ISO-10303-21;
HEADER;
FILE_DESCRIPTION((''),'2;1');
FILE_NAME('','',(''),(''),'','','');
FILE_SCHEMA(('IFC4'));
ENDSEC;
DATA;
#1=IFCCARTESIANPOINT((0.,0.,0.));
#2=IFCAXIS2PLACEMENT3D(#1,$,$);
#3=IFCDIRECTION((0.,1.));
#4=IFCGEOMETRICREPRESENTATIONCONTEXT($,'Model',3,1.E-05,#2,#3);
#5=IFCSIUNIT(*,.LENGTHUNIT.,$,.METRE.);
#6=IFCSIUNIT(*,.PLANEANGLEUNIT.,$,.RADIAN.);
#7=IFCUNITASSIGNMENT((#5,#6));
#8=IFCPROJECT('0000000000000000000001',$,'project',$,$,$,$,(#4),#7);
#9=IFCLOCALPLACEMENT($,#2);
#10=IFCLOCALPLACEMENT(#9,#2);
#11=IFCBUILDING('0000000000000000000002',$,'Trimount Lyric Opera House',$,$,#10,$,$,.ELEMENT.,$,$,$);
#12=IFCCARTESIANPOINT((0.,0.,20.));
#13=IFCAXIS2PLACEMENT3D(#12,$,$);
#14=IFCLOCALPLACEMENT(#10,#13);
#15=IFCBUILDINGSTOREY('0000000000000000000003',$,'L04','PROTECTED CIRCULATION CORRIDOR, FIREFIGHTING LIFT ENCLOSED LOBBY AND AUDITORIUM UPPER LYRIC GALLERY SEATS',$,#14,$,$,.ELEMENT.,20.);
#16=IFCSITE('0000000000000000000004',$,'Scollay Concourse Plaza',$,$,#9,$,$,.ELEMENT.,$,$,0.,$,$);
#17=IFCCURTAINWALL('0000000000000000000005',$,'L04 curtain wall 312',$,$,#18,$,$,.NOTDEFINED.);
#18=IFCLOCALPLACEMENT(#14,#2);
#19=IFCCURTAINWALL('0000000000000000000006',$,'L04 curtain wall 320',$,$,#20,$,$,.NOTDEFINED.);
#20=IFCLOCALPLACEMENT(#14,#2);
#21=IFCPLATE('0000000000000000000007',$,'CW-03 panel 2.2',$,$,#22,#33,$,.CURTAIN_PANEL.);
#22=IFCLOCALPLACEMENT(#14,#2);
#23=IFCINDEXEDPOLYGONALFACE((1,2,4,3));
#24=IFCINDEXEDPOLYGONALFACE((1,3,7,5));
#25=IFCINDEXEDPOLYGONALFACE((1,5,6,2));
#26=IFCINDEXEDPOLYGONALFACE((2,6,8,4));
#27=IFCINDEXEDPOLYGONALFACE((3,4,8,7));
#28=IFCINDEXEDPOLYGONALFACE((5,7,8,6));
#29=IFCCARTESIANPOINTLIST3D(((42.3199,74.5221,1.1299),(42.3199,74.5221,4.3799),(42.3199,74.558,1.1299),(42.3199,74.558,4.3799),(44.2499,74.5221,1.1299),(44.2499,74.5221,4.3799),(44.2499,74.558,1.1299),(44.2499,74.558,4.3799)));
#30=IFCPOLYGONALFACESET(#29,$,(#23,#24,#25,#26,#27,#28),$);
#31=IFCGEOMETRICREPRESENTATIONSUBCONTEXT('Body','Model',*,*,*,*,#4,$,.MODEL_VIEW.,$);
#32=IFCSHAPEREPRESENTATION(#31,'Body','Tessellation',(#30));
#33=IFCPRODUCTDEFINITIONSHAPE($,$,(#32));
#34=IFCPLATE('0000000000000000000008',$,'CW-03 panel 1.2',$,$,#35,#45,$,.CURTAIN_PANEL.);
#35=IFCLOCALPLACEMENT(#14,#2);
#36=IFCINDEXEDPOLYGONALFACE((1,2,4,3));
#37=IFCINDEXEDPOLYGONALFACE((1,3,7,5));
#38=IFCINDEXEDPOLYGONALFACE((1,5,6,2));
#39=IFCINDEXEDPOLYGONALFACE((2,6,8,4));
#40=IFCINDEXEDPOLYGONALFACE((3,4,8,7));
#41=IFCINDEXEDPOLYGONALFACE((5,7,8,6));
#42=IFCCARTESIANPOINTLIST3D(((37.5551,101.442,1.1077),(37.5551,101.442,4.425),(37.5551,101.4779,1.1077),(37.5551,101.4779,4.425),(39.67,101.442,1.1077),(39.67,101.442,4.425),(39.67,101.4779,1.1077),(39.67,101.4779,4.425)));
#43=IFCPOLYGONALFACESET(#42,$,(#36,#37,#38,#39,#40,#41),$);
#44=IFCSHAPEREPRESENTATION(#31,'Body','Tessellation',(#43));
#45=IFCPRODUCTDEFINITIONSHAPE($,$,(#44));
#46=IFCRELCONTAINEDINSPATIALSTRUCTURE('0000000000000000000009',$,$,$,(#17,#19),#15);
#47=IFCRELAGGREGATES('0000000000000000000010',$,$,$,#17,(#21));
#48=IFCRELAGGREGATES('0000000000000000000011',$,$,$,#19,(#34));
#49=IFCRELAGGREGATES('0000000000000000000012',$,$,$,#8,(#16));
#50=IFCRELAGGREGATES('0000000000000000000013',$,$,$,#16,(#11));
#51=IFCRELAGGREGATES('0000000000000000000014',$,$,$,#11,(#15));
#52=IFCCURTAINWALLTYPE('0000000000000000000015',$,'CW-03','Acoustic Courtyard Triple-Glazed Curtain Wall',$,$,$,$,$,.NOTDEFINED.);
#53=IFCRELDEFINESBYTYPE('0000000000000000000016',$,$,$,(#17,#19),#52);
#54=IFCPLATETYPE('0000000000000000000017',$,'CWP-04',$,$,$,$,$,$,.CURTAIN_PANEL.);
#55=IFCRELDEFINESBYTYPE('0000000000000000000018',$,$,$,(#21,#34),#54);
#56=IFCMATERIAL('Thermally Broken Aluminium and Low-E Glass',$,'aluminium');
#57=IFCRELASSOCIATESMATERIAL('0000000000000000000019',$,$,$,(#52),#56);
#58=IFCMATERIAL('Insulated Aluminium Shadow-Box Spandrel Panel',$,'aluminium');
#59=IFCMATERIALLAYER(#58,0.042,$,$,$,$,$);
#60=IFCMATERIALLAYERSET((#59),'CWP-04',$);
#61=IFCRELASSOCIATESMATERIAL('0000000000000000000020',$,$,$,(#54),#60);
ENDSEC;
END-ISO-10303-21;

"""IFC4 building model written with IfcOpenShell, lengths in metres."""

from ifc_helpers import new_model, si_unit, direction, frame, origin, origin_2d, place, context, subcontext, project, spatial, rectangle, extrude, material, layer, layer_set, type_object, element, aggregate, save


model = new_model("IFC4")

# Units and contexts
model_context = context("Model", 3, precision=1e-05, world=origin(), true_north=direction((0.0, 1.0)))
body_context = subcontext(model_context, "Body", "Model", "MODEL_VIEW")
ifc_project = project(units=[si_unit("LENGTHUNIT", "METRE"), si_unit("PLANEANGLEUNIT", "RADIAN")], contexts=[model_context])

# Site, building, storey
site_placement = place(None, origin())
site = spatial("IfcSite", under=ifc_project, at=site_placement, Name="Scollay Concourse Plaza", CompositionType="ELEMENT", RefElevation=0.0)
building_placement = place(site_placement, origin())
building = spatial("IfcBuilding", under=site, at=building_placement, Name="Trimount Lyric Opera House", CompositionType="ELEMENT")
storey_placement = place(building_placement, frame((0.0, 0.0, 20.0)))
storey = spatial("IfcBuildingStorey", under=building, at=storey_placement, Name="L04", Description="PROTECTED CIRCULATION CORRIDOR, FIREFIGHTING LIFT ENCLOSED LOBBY AND AUDITORIUM UPPER LYRIC GALLERY SEATS", CompositionType="ELEMENT", Elevation=20.0)

# Curtain wall
ifc_material_1 = material(Name="Thermally Broken Aluminium and Low-E Glass", Category="aluminium")
curtain_wall_type = type_object("IfcCurtainWallType", Name="CW-03", Description="Acoustic Courtyard Triple-Glazed Curtain Wall", PredefinedType="NOTDEFINED", material=ifc_material_1)
curtain_wall_1_placement = place(storey_placement, origin())
curtain_wall_1 = element("IfcCurtainWall", 1, at=curtain_wall_1_placement, inside=storey, type_object=curtain_wall_type, Name="L04 curtain wall 312", PredefinedType="NOTDEFINED")

# Curtain wall
curtain_wall_2_placement = place(storey_placement, origin())
curtain_wall_2 = element("IfcCurtainWall", 2, at=curtain_wall_2_placement, inside=storey, type_object=curtain_wall_type, Name="L04 curtain wall 320", PredefinedType="NOTDEFINED")

# Plates
ifc_material_2 = material(Name="Insulated Aluminium Shadow-Box Spandrel Panel", Category="aluminium")
ifc_layer_1 = layer(ifc_material_2, 0.042)
ifc_layer_set_1 = layer_set([ifc_layer_1], Name="CWP-04")
plate_type_1 = type_object("IfcPlateType", Name="CWP-04", PredefinedType="CURTAIN_PANEL", material=ifc_layer_set_1)
plate_1_placement = place(storey_placement, frame((43.2849, 74.54, 1.1299), z_axis=(0.0, 0.0, 1.0), x_axis=(1.0, 0.0, 0.0)))
plate_1 = element("IfcPlate", 3, at=plate_1_placement, type_object=plate_type_1, Name="CW-03 panel 2.2", PredefinedType="CURTAIN_PANEL", context=body_context, shape_type="SweptSolid", body=[
    extrude(rectangle(XDim=1.9299, YDim=0.0359, at=origin_2d()), origin(), (0.0, 0.0, 1.0), 3.25),
])
aggregate(curtain_wall_1, [plate_1])
plate_2_placement = place(storey_placement, frame((38.6125, 101.46, 1.1077), z_axis=(0.0, 0.0, 1.0), x_axis=(-1.0, 0.0, 0.0)))
plate_2 = element("IfcPlate", 4, at=plate_2_placement, type_object=plate_type_1, Name="CW-03 panel 1.2", PredefinedType="CURTAIN_PANEL", context=body_context, shape_type="SweptSolid", body=[
    extrude(rectangle(XDim=2.115, YDim=0.0359, at=origin_2d()), origin(), (0.0, 0.0, 1.0), 3.3174),
])
aggregate(curtain_wall_2, [plate_2])

save(model, "model.ifc")
